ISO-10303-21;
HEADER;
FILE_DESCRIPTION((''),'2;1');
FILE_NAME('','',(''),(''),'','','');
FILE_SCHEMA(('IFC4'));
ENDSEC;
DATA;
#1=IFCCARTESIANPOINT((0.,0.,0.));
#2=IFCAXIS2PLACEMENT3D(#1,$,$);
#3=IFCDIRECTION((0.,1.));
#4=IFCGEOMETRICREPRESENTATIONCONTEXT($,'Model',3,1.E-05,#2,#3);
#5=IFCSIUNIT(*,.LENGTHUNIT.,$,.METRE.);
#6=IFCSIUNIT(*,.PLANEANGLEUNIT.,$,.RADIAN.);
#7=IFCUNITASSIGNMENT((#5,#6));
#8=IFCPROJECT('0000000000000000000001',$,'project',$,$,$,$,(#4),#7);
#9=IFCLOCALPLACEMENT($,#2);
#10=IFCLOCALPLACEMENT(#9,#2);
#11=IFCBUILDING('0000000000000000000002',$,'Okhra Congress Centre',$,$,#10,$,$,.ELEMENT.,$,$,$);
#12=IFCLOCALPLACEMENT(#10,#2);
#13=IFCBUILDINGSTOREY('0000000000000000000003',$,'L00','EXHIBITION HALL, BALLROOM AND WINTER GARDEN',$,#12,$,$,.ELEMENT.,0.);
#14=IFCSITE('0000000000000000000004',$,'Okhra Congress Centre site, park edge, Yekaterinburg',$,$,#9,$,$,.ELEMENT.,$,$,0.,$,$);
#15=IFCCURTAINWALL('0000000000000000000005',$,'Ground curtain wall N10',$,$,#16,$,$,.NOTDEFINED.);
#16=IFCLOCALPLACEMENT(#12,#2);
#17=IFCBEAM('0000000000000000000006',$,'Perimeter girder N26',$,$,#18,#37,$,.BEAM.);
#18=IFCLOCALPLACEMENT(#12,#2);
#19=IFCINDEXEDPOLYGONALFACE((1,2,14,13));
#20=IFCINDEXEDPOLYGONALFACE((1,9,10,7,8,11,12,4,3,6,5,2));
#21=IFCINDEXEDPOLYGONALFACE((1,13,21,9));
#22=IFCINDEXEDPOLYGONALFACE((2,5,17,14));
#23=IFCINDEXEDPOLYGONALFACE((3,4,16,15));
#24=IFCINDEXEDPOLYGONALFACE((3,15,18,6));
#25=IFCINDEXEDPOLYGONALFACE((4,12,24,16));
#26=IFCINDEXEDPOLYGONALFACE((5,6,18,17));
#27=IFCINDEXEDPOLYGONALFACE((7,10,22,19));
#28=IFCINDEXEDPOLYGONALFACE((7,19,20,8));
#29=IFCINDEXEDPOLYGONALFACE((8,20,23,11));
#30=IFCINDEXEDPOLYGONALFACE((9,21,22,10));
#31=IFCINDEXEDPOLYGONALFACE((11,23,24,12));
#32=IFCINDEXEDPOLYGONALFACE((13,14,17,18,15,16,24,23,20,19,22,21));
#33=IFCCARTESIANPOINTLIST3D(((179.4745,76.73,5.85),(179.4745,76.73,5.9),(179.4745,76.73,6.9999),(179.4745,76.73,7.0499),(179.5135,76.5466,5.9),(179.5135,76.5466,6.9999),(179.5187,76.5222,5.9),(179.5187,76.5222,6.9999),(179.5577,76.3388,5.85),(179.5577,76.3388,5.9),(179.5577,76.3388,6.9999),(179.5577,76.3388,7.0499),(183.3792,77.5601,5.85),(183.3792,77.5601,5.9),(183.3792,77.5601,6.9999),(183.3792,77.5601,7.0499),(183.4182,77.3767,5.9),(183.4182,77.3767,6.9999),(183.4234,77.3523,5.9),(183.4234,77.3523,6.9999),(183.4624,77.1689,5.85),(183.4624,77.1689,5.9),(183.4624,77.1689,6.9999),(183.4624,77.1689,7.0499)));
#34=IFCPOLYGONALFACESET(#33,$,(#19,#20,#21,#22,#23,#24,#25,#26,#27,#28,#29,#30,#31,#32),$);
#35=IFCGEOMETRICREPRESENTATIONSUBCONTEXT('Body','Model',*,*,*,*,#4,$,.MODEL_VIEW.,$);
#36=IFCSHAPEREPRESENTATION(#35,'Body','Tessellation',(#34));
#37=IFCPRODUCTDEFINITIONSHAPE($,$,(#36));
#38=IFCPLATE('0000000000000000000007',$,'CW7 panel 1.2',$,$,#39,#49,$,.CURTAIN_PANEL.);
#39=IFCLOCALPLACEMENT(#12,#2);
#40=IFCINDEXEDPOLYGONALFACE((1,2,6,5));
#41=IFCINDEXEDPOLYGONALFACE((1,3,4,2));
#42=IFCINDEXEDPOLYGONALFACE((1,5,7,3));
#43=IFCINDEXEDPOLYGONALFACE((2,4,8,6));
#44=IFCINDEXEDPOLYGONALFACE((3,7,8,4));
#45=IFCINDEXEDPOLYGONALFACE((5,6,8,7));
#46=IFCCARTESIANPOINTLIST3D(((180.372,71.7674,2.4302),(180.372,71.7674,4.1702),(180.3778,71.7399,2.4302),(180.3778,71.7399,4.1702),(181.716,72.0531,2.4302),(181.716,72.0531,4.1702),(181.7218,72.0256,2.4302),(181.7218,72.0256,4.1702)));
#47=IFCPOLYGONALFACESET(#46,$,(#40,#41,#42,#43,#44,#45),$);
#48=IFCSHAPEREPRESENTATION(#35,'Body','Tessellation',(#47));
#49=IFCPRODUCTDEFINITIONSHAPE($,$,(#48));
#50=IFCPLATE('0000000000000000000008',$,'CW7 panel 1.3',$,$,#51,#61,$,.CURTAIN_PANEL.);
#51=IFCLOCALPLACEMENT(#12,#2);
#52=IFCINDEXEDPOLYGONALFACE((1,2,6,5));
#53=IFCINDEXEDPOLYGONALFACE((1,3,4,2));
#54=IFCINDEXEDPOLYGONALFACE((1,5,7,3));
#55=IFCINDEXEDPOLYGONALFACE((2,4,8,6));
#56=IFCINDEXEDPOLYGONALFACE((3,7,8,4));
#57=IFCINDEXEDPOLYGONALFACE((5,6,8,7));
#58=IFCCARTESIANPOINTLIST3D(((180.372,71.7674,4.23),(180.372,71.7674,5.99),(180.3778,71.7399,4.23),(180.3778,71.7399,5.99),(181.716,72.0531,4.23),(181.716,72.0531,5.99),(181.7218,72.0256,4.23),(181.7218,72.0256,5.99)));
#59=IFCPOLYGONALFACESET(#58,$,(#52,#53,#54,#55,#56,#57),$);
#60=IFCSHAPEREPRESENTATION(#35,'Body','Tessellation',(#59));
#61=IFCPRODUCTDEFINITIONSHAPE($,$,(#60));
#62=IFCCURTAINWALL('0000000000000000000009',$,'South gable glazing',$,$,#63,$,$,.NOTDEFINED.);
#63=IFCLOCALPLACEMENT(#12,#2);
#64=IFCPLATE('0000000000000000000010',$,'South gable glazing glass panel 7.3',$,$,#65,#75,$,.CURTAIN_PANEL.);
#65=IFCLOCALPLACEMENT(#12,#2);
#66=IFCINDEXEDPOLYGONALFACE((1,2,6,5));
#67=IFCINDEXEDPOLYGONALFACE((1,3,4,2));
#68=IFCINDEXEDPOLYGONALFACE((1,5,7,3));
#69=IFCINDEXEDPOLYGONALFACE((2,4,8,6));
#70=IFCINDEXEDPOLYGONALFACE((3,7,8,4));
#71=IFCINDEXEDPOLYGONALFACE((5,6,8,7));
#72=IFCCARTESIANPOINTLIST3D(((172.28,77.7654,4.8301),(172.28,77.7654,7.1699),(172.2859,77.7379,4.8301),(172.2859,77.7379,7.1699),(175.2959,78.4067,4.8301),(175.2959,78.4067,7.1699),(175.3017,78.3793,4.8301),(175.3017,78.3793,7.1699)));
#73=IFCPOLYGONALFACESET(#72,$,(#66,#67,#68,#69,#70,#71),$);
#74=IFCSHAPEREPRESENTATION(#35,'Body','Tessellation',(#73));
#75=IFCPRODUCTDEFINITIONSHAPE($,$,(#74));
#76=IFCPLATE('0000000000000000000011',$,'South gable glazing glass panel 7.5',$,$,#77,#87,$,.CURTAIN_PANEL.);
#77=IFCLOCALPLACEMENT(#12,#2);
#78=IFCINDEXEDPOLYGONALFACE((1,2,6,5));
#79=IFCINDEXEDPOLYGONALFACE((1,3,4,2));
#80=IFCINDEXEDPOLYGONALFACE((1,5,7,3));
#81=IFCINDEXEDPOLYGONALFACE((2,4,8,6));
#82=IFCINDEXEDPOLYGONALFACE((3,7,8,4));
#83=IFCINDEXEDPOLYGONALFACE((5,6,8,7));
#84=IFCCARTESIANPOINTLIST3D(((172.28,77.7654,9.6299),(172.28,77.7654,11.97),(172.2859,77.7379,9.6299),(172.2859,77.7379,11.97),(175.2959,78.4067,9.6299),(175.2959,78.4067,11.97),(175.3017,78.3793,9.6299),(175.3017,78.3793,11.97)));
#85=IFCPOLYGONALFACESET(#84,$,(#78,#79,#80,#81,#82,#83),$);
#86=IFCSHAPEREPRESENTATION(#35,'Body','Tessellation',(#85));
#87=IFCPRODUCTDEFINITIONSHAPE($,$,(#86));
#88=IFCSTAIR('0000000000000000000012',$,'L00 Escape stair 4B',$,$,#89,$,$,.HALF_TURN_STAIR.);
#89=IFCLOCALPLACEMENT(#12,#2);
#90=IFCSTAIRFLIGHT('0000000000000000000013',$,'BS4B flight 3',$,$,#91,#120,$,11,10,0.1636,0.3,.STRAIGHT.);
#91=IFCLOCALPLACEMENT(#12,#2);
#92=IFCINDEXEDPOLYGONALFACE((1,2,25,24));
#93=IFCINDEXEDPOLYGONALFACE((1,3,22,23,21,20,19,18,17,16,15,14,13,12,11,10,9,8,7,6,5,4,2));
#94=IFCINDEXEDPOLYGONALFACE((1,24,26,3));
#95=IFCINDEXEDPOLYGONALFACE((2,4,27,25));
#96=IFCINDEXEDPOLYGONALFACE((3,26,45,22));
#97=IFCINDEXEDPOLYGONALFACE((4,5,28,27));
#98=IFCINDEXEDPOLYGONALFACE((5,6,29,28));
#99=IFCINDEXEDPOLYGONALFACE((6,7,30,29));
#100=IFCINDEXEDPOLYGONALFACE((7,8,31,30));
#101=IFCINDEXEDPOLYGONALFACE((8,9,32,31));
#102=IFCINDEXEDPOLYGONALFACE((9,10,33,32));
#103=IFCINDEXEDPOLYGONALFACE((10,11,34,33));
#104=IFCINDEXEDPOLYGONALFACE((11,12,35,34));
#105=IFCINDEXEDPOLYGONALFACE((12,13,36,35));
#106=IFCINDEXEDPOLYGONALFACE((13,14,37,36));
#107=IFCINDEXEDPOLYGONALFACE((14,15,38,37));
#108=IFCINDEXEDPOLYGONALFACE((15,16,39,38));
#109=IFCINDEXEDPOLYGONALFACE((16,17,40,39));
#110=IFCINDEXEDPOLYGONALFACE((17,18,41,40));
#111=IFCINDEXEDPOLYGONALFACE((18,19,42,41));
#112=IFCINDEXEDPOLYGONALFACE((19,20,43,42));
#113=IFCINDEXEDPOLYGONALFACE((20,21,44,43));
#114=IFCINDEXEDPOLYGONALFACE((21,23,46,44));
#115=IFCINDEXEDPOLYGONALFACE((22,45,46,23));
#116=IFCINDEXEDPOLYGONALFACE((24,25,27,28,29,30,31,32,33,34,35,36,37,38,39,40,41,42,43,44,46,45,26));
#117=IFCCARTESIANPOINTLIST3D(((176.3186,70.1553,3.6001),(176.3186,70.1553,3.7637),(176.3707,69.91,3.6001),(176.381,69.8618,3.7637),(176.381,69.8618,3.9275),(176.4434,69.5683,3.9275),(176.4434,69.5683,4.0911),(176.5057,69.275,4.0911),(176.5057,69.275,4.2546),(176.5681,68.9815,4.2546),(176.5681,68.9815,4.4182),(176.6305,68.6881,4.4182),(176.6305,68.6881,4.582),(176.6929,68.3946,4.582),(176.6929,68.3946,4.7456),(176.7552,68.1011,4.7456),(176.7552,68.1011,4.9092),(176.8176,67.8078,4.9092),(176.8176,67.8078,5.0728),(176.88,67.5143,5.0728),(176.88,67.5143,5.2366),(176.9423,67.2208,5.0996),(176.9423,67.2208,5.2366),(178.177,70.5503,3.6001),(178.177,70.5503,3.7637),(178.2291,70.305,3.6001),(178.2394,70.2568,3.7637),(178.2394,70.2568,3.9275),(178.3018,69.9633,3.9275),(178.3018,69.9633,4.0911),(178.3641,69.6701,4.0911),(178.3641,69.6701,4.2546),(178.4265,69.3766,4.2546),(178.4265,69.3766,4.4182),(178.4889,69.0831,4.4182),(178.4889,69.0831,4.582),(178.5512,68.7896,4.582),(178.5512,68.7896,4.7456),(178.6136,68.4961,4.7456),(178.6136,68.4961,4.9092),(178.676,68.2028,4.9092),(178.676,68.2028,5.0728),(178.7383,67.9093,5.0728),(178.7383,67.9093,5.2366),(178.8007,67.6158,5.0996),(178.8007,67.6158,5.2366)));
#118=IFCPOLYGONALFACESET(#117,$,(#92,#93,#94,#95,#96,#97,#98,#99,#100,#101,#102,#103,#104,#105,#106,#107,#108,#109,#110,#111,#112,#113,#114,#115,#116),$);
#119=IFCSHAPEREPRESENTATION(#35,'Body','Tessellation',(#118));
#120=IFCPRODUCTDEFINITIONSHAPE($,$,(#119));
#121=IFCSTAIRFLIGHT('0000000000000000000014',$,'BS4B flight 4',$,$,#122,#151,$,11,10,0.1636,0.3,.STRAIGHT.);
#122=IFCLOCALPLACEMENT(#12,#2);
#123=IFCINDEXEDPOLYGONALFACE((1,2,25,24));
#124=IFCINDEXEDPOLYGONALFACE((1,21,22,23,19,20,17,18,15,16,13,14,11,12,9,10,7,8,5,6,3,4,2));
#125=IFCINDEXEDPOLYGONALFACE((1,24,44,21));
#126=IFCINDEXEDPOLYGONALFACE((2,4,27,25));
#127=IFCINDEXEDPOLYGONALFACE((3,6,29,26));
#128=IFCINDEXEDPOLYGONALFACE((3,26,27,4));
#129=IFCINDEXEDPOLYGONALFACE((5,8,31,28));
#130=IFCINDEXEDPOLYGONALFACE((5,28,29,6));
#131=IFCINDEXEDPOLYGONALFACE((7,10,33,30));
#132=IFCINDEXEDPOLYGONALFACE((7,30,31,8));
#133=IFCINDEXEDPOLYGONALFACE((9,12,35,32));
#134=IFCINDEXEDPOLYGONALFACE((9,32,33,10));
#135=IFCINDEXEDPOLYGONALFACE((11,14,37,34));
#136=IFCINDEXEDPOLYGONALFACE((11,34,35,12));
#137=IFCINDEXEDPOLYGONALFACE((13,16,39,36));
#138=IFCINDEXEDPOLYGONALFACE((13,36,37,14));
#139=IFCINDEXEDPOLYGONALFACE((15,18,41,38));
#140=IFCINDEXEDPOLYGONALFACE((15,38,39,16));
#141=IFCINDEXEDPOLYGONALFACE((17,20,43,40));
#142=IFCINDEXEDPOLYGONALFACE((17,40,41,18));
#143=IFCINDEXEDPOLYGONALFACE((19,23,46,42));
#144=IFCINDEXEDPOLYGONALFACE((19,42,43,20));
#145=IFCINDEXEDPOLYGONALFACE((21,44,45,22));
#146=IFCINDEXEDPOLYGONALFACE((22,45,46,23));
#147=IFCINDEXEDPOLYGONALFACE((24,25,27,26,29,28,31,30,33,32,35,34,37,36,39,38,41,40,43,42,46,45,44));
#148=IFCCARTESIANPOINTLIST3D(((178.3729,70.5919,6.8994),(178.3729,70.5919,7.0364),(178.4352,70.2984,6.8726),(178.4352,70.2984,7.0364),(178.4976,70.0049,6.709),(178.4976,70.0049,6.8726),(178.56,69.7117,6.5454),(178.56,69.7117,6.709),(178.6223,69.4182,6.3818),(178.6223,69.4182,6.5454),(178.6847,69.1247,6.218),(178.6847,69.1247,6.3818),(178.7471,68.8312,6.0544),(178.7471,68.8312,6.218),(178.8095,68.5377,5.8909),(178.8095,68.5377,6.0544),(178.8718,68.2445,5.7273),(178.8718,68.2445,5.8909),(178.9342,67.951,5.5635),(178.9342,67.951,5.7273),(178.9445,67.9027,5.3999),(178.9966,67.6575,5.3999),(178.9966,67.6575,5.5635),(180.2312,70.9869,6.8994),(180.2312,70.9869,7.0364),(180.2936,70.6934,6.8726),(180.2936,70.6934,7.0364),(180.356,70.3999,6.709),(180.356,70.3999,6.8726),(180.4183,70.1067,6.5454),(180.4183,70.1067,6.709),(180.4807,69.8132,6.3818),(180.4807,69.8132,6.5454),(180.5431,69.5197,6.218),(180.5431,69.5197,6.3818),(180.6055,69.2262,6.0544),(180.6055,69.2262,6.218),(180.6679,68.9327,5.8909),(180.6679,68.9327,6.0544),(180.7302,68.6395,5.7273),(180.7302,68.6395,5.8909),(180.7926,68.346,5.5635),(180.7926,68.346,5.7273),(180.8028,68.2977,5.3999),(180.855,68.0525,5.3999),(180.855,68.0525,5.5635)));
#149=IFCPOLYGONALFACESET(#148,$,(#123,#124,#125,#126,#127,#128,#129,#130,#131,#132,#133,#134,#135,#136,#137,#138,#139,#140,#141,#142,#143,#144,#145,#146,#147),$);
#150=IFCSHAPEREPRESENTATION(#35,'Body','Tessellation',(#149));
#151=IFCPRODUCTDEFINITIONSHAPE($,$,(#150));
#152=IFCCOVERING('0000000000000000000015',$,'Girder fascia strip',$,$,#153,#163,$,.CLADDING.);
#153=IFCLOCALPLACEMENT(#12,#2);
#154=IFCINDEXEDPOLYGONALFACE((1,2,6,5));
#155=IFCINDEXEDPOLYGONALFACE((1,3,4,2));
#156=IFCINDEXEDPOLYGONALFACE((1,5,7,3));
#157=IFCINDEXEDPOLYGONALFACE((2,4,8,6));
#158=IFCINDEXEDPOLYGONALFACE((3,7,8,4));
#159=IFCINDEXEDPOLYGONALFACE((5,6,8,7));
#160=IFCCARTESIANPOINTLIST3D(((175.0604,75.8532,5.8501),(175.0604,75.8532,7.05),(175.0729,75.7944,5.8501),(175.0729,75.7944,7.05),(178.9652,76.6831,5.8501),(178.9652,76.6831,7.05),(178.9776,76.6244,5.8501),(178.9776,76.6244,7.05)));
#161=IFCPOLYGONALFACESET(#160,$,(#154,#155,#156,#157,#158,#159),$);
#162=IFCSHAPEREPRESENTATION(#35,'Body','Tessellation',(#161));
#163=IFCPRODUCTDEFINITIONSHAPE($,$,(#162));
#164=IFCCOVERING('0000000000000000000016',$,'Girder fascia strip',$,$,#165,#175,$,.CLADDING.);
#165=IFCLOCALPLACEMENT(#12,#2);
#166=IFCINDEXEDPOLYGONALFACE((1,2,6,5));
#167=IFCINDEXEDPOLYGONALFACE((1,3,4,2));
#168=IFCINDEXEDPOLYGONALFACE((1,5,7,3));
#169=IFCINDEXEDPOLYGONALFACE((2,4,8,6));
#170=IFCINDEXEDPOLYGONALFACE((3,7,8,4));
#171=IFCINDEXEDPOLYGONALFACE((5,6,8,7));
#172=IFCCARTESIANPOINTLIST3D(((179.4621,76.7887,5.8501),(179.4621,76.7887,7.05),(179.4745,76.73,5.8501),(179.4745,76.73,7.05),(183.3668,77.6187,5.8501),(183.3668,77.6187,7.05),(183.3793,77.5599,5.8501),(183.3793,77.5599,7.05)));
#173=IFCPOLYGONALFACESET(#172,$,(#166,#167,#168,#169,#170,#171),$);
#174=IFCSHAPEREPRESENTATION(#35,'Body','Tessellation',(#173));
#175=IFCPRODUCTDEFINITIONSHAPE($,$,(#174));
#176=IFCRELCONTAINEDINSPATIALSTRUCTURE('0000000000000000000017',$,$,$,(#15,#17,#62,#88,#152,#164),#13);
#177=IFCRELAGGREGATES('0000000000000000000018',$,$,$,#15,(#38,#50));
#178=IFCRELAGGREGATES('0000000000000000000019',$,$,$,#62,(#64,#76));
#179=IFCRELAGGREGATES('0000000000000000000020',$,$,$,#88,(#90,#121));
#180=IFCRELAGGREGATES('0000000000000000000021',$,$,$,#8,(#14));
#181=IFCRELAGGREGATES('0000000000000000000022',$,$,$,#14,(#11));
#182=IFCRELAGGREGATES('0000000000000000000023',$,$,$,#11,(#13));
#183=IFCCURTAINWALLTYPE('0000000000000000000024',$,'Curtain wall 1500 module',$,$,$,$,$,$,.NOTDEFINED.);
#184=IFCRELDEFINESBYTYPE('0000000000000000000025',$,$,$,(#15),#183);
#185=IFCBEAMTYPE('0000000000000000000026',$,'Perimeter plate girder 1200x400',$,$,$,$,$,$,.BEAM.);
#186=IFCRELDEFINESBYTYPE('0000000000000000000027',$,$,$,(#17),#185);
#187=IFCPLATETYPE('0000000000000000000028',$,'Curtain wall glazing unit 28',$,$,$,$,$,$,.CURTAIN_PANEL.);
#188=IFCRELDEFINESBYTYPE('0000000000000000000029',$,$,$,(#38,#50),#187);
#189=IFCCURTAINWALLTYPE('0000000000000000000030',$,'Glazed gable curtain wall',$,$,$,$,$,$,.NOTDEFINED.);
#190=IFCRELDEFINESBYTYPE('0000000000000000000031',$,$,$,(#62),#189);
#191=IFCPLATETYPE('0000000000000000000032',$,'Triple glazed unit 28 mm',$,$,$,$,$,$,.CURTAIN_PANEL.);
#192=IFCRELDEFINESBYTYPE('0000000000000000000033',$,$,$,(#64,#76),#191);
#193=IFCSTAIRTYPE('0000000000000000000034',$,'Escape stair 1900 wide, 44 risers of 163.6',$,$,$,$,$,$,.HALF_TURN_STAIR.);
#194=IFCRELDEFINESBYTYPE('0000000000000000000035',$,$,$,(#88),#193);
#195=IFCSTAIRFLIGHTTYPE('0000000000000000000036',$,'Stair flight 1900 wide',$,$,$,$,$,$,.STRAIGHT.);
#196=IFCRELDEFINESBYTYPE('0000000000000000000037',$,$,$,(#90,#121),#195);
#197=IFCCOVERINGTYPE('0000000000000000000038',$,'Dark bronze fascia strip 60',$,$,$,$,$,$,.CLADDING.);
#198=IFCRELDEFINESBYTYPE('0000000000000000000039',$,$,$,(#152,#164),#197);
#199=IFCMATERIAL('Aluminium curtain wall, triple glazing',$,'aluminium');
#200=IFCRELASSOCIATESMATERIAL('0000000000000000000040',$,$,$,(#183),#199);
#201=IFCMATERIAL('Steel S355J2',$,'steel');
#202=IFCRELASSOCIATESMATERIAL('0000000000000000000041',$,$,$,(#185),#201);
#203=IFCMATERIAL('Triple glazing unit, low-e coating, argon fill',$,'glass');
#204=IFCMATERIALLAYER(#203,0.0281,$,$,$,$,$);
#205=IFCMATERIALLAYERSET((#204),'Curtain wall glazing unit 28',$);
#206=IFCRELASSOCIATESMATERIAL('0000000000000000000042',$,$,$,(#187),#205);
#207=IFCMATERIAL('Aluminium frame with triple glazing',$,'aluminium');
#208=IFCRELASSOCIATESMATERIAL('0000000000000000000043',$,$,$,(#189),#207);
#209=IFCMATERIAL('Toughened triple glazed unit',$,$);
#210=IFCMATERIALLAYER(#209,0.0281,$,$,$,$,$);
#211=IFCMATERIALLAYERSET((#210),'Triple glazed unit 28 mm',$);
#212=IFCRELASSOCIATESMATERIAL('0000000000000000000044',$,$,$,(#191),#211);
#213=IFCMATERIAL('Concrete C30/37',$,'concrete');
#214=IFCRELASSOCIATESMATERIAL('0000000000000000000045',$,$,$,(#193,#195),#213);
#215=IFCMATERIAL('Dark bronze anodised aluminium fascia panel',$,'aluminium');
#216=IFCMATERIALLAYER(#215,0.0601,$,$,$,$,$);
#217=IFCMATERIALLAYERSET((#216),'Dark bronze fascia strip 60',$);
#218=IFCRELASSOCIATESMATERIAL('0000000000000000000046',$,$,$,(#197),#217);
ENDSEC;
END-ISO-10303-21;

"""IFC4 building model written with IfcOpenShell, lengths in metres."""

from ifc_helpers import new_model, si_unit, direction, frame, origin, origin_2d, place, context, subcontext, project, spatial, polyline, rectangle, i_section, outline, extrude, material, layer, layer_set, material_profile, profile_set, type_object, element, aggregate, save


model = new_model("IFC4")

# Units and contexts
model_context = context("Model", 3, precision=1e-05, world=origin(), true_north=direction((0.0, 1.0)))
body_context = subcontext(model_context, "Body", "Model", "MODEL_VIEW")
ifc_project = project(units=[si_unit("LENGTHUNIT", "METRE"), si_unit("PLANEANGLEUNIT", "RADIAN")], contexts=[model_context])

# Site, building, storey
site_placement = place(None, origin())
site = spatial("IfcSite", under=ifc_project, at=site_placement, Name="Okhra Congress Centre site, park edge, Yekaterinburg", CompositionType="ELEMENT", RefElevation=0.0)
building_placement = place(site_placement, origin())
building = spatial("IfcBuilding", under=site, at=building_placement, Name="Okhra Congress Centre", CompositionType="ELEMENT")
storey_placement = place(building_placement, origin())
storey = spatial("IfcBuildingStorey", under=building, at=storey_placement, Name="L00", Description="EXHIBITION HALL, BALLROOM AND WINTER GARDEN", CompositionType="ELEMENT", Elevation=0.0)

# Curtain wall
ifc_material_1 = material(Name="Aluminium curtain wall, triple glazing", Category="aluminium")
curtain_wall_type_1 = type_object("IfcCurtainWallType", Name="Curtain wall 1500 module", PredefinedType="NOTDEFINED", material=ifc_material_1)
curtain_wall_1_placement = place(storey_placement, origin())
curtain_wall_1 = element("IfcCurtainWall", 1, at=curtain_wall_1_placement, inside=storey, type_object=curtain_wall_type_1, Name="Ground curtain wall N10", PredefinedType="NOTDEFINED")

# Beam
ifc_material_2 = material(Name="Steel S355J2", Category="steel")
ifc_material_profile_1 = material_profile(ifc_material_2, i_section(OverallWidth=0.3999, OverallDepth=1.2, WebThickness=0.0249, FlangeThickness=0.05, at=origin_2d()), Name="Plate girder 1200x400")
ifc_profile_set_1 = profile_set([ifc_material_profile_1], Name="Steel S355J2")
beam_type_1 = type_object("IfcBeamType", Name="Perimeter plate girder 1200x400", PredefinedType="BEAM", material=ifc_profile_set_1)
for number, where, z_axis, x_axis, name in (
    (2, (179.5161, 76.5344, 6.45), (0.978143, 0.207933, 0.0), (-0.207933, 0.978143, 0.0), "Perimeter girder N26"),
):
    element("IfcBeam", number, at=place(storey_placement, frame(where, z_axis=z_axis, x_axis=x_axis)), inside=storey, type_object=beam_type_1, Name=name, PredefinedType="BEAM", context=body_context, shape_type="SweptSolid", body=[
        extrude(i_section(OverallWidth=0.3999, OverallDepth=1.2, WebThickness=0.0249, FlangeThickness=0.05, at=origin_2d()), origin(), (0.0, 0.0, 1.0), 3.9919),
    ])

# Plates
ifc_material_3 = material(Name="Triple glazing unit, low-e coating, argon fill", Category="glass")
ifc_layer_1 = layer(ifc_material_3, 0.0281)
ifc_layer_set_1 = layer_set([ifc_layer_1], Name="Curtain wall glazing unit 28")
plate_type_1 = type_object("IfcPlateType", Name="Curtain wall glazing unit 28", PredefinedType="CURTAIN_PANEL", material=ifc_layer_set_1)
plate_1_placement = place(storey_placement, frame((181.0469, 71.8965, 2.4302), z_axis=(0.0, 0.0, 1.0), x_axis=(0.978148, 0.207912, 0.0)))
plate_1 = element("IfcPlate", 3, at=plate_1_placement, type_object=plate_type_1, Name="CW7 panel 1.2", PredefinedType="CURTAIN_PANEL", context=body_context, shape_type="SweptSolid", body=[
    extrude(rectangle(XDim=1.374, YDim=0.0281, at=origin_2d()), origin(), (0.0, 0.0, 1.0), 1.74),
])
plate_2_placement = place(storey_placement, frame((181.0469, 71.8965, 4.23), z_axis=(0.0, 0.0, 1.0), x_axis=(0.978148, 0.207912, 0.0)))
plate_2 = element("IfcPlate", 4, at=plate_2_placement, type_object=plate_type_1, Name="CW7 panel 1.3", PredefinedType="CURTAIN_PANEL", context=body_context, shape_type="SweptSolid", body=[
    extrude(rectangle(XDim=1.374, YDim=0.0281, at=origin_2d()), origin(), (0.0, 0.0, 1.0), 1.76),
])
aggregate(curtain_wall_1, [plate_1, plate_2])

# Curtain wall, plates
ifc_material_4 = material(Name="Aluminium frame with triple glazing", Category="aluminium")
curtain_wall_type_2 = type_object("IfcCurtainWallType", Name="Glazed gable curtain wall", PredefinedType="NOTDEFINED", material=ifc_material_4)
curtain_wall_2_placement = place(storey_placement, origin())
curtain_wall_2 = element("IfcCurtainWall", 5, at=curtain_wall_2_placement, inside=storey, type_object=curtain_wall_type_2, Name="South gable glazing", PredefinedType="NOTDEFINED")
ifc_material_5 = material(Name="Toughened triple glazed unit")
ifc_layer_2 = layer(ifc_material_5, 0.0281)
ifc_layer_set_2 = layer_set([ifc_layer_2], Name="Triple glazed unit 28 mm")
plate_type_2 = type_object("IfcPlateType", Name="Triple glazed unit 28 mm", PredefinedType="CURTAIN_PANEL", material=ifc_layer_set_2)
plate_3_placement = place(storey_placement, frame((175.2959, 78.4067, 4.8301), z_axis=(-0.208009, 0.978127, 0.0), x_axis=(-0.978127, -0.208009, 0.0)))
plate_3 = element("IfcPlate", 6, at=plate_3_placement, type_object=plate_type_2, Name="South gable glazing glass panel 7.3", PredefinedType="CURTAIN_PANEL", context=body_context, shape_type="SweptSolid", body=[
    extrude(outline(polyline([(0.0, 0.0), (3.0833, 0.0), (3.0833, 2.3398), (0.0, 2.3398), (0.0, 0.0)])), origin(), (0.0, 0.0, -1.0), 0.0281),
])
plate_4_placement = place(storey_placement, frame((175.2959, 78.4067, 9.6299), z_axis=(-0.208009, 0.978127, 0.0), x_axis=(-0.978127, -0.208009, 0.0)))
plate_4 = element("IfcPlate", 7, at=plate_4_placement, type_object=plate_type_2, Name="South gable glazing glass panel 7.5", PredefinedType="CURTAIN_PANEL", context=body_context, shape_type="SweptSolid", body=[
    extrude(outline(polyline([(0.0, 0.0), (3.0833, 0.0), (3.0833, 2.3401), (0.0, 2.3401), (0.0, 0.0)])), origin(), (0.0, 0.0, -1.0), 0.0281),
])
aggregate(curtain_wall_2, [plate_3, plate_4])

# Stair, stair flights
ifc_material_6 = material(Name="Concrete C30/37", Category="concrete")
stair_type = type_object("IfcStairType", Name="Escape stair 1900 wide, 44 risers of 163.6", PredefinedType="HALF_TURN_STAIR", material=ifc_material_6)
stair_placement = place(storey_placement, origin())
stair = element("IfcStair", 8, at=stair_placement, inside=storey, type_object=stair_type, Name="L00 Escape stair 4B", PredefinedType="HALF_TURN_STAIR")
stair_flight_type = type_object("IfcStairFlightType", Name="Stair flight 1900 wide", PredefinedType="STRAIGHT", material=ifc_material_6)
stair_flight_1_placement = place(storey_placement, frame((177.2478, 70.3528, 3.6001), z_axis=(0.0, 0.0, 1.0), x_axis=(0.207912, -0.978148, 0.0)))
stair_flight_1 = element("IfcStairFlight", 9, at=stair_flight_1_placement, type_object=stair_flight_type, Name="BS4B flight 3", NumberOfRisers=11, NumberOfTreads=10, PredefinedType="STRAIGHT", RiserHeight=0.1636, TreadLength=0.3, context=body_context, shape_type="SweptSolid", body=[
    extrude(outline(polyline([(0.0, 0.0), (0.0, 0.1636), (0.3, 0.1636), (0.3, 0.3274), (0.6001, 0.3274), (0.6001, 0.491), (0.8999, 0.491), (0.8999, 0.6545), (1.2, 0.6545), (1.2, 0.8181), (1.5, 0.8181), (1.5, 0.9819), (1.8, 0.9819), (1.8, 1.1455), (2.1001, 1.1455), (2.1001, 1.3091), (2.3999, 1.3091), (2.3999, 1.4727), (2.7, 1.4727), (2.7, 1.6365), (3.0, 1.6365), (3.0, 1.8), (3.0, 1.4995), (0.2507, 0.0), (0.0, 0.0)])), frame((0.0, 0.95, 0.0), z_axis=(0.0, -1.0, 0.0), x_axis=(1.0, 0.0, 0.0)), (0.0, 0.0, 1.0), 1.8999),
])
stair_flight_2_placement = place(storey_placement, frame((179.9258, 67.855, 5.3999), z_axis=(0.0, 0.0, 1.0), x_axis=(-0.207912, 0.978148, 0.0)))
stair_flight_2 = element("IfcStairFlight", 10, at=stair_flight_2_placement, type_object=stair_flight_type, Name="BS4B flight 4", NumberOfRisers=11, NumberOfTreads=10, PredefinedType="STRAIGHT", RiserHeight=0.1636, TreadLength=0.3, context=body_context, shape_type="SweptSolid", body=[
    extrude(outline(polyline([(0.0, 0.0), (0.0, 0.1636), (0.3, 0.1636), (0.3, 0.3274), (0.6001, 0.3274), (0.6001, 0.491), (0.8999, 0.491), (0.8999, 0.6545), (1.2, 0.6545), (1.2, 0.8181), (1.5, 0.8181), (1.5, 0.9819), (1.8, 0.9819), (1.8, 1.1455), (2.1001, 1.1455), (2.1001, 1.3091), (2.3999, 1.3091), (2.3999, 1.4727), (2.7, 1.4727), (2.7, 1.6365), (3.0, 1.6365), (3.0, 1.8), (3.0, 1.4995), (0.2507, 0.0), (0.0, 0.0)])), frame((0.0, 0.95, 0.0), z_axis=(0.0, -1.0, 0.0), x_axis=(1.0, 0.0, 0.0)), (0.0, 0.0, 1.0), 1.8999),
])
aggregate(stair, [stair_flight_1, stair_flight_2])

# Coverings
ifc_material_7 = material(Name="Dark bronze anodised aluminium fascia panel", Category="aluminium")
ifc_layer_3 = layer(ifc_material_7, 0.0601)
ifc_layer_set_3 = layer_set([ifc_layer_3], Name="Dark bronze fascia strip 60")
covering_type_1 = type_object("IfcCoveringType", Name="Dark bronze fascia strip 60", PredefinedType="CLADDING", material=ifc_layer_set_3)
for number, where, z_axis, x_axis, name in (
    (11, (177.019, 76.2388, 5.8501), (0.0, 0.0, 1.0), (0.978148, 0.207912, 0.0), "Girder fascia strip"),
    (12, (181.4207, 77.1743, 5.8501), (0.0, 0.0, 1.0), (0.978148, 0.207912, 0.0), "Girder fascia strip"),
):
    element("IfcCovering", number, at=place(storey_placement, frame(where, z_axis=z_axis, x_axis=x_axis)), inside=storey, type_object=covering_type_1, Name=name, PredefinedType="CLADDING", context=body_context, shape_type="SweptSolid", body=[
        extrude(rectangle(XDim=3.9919, YDim=0.0601, at=origin_2d()), origin(), (0.0, 0.0, 1.0), 1.2),
    ])

save(model, "model.ifc")
